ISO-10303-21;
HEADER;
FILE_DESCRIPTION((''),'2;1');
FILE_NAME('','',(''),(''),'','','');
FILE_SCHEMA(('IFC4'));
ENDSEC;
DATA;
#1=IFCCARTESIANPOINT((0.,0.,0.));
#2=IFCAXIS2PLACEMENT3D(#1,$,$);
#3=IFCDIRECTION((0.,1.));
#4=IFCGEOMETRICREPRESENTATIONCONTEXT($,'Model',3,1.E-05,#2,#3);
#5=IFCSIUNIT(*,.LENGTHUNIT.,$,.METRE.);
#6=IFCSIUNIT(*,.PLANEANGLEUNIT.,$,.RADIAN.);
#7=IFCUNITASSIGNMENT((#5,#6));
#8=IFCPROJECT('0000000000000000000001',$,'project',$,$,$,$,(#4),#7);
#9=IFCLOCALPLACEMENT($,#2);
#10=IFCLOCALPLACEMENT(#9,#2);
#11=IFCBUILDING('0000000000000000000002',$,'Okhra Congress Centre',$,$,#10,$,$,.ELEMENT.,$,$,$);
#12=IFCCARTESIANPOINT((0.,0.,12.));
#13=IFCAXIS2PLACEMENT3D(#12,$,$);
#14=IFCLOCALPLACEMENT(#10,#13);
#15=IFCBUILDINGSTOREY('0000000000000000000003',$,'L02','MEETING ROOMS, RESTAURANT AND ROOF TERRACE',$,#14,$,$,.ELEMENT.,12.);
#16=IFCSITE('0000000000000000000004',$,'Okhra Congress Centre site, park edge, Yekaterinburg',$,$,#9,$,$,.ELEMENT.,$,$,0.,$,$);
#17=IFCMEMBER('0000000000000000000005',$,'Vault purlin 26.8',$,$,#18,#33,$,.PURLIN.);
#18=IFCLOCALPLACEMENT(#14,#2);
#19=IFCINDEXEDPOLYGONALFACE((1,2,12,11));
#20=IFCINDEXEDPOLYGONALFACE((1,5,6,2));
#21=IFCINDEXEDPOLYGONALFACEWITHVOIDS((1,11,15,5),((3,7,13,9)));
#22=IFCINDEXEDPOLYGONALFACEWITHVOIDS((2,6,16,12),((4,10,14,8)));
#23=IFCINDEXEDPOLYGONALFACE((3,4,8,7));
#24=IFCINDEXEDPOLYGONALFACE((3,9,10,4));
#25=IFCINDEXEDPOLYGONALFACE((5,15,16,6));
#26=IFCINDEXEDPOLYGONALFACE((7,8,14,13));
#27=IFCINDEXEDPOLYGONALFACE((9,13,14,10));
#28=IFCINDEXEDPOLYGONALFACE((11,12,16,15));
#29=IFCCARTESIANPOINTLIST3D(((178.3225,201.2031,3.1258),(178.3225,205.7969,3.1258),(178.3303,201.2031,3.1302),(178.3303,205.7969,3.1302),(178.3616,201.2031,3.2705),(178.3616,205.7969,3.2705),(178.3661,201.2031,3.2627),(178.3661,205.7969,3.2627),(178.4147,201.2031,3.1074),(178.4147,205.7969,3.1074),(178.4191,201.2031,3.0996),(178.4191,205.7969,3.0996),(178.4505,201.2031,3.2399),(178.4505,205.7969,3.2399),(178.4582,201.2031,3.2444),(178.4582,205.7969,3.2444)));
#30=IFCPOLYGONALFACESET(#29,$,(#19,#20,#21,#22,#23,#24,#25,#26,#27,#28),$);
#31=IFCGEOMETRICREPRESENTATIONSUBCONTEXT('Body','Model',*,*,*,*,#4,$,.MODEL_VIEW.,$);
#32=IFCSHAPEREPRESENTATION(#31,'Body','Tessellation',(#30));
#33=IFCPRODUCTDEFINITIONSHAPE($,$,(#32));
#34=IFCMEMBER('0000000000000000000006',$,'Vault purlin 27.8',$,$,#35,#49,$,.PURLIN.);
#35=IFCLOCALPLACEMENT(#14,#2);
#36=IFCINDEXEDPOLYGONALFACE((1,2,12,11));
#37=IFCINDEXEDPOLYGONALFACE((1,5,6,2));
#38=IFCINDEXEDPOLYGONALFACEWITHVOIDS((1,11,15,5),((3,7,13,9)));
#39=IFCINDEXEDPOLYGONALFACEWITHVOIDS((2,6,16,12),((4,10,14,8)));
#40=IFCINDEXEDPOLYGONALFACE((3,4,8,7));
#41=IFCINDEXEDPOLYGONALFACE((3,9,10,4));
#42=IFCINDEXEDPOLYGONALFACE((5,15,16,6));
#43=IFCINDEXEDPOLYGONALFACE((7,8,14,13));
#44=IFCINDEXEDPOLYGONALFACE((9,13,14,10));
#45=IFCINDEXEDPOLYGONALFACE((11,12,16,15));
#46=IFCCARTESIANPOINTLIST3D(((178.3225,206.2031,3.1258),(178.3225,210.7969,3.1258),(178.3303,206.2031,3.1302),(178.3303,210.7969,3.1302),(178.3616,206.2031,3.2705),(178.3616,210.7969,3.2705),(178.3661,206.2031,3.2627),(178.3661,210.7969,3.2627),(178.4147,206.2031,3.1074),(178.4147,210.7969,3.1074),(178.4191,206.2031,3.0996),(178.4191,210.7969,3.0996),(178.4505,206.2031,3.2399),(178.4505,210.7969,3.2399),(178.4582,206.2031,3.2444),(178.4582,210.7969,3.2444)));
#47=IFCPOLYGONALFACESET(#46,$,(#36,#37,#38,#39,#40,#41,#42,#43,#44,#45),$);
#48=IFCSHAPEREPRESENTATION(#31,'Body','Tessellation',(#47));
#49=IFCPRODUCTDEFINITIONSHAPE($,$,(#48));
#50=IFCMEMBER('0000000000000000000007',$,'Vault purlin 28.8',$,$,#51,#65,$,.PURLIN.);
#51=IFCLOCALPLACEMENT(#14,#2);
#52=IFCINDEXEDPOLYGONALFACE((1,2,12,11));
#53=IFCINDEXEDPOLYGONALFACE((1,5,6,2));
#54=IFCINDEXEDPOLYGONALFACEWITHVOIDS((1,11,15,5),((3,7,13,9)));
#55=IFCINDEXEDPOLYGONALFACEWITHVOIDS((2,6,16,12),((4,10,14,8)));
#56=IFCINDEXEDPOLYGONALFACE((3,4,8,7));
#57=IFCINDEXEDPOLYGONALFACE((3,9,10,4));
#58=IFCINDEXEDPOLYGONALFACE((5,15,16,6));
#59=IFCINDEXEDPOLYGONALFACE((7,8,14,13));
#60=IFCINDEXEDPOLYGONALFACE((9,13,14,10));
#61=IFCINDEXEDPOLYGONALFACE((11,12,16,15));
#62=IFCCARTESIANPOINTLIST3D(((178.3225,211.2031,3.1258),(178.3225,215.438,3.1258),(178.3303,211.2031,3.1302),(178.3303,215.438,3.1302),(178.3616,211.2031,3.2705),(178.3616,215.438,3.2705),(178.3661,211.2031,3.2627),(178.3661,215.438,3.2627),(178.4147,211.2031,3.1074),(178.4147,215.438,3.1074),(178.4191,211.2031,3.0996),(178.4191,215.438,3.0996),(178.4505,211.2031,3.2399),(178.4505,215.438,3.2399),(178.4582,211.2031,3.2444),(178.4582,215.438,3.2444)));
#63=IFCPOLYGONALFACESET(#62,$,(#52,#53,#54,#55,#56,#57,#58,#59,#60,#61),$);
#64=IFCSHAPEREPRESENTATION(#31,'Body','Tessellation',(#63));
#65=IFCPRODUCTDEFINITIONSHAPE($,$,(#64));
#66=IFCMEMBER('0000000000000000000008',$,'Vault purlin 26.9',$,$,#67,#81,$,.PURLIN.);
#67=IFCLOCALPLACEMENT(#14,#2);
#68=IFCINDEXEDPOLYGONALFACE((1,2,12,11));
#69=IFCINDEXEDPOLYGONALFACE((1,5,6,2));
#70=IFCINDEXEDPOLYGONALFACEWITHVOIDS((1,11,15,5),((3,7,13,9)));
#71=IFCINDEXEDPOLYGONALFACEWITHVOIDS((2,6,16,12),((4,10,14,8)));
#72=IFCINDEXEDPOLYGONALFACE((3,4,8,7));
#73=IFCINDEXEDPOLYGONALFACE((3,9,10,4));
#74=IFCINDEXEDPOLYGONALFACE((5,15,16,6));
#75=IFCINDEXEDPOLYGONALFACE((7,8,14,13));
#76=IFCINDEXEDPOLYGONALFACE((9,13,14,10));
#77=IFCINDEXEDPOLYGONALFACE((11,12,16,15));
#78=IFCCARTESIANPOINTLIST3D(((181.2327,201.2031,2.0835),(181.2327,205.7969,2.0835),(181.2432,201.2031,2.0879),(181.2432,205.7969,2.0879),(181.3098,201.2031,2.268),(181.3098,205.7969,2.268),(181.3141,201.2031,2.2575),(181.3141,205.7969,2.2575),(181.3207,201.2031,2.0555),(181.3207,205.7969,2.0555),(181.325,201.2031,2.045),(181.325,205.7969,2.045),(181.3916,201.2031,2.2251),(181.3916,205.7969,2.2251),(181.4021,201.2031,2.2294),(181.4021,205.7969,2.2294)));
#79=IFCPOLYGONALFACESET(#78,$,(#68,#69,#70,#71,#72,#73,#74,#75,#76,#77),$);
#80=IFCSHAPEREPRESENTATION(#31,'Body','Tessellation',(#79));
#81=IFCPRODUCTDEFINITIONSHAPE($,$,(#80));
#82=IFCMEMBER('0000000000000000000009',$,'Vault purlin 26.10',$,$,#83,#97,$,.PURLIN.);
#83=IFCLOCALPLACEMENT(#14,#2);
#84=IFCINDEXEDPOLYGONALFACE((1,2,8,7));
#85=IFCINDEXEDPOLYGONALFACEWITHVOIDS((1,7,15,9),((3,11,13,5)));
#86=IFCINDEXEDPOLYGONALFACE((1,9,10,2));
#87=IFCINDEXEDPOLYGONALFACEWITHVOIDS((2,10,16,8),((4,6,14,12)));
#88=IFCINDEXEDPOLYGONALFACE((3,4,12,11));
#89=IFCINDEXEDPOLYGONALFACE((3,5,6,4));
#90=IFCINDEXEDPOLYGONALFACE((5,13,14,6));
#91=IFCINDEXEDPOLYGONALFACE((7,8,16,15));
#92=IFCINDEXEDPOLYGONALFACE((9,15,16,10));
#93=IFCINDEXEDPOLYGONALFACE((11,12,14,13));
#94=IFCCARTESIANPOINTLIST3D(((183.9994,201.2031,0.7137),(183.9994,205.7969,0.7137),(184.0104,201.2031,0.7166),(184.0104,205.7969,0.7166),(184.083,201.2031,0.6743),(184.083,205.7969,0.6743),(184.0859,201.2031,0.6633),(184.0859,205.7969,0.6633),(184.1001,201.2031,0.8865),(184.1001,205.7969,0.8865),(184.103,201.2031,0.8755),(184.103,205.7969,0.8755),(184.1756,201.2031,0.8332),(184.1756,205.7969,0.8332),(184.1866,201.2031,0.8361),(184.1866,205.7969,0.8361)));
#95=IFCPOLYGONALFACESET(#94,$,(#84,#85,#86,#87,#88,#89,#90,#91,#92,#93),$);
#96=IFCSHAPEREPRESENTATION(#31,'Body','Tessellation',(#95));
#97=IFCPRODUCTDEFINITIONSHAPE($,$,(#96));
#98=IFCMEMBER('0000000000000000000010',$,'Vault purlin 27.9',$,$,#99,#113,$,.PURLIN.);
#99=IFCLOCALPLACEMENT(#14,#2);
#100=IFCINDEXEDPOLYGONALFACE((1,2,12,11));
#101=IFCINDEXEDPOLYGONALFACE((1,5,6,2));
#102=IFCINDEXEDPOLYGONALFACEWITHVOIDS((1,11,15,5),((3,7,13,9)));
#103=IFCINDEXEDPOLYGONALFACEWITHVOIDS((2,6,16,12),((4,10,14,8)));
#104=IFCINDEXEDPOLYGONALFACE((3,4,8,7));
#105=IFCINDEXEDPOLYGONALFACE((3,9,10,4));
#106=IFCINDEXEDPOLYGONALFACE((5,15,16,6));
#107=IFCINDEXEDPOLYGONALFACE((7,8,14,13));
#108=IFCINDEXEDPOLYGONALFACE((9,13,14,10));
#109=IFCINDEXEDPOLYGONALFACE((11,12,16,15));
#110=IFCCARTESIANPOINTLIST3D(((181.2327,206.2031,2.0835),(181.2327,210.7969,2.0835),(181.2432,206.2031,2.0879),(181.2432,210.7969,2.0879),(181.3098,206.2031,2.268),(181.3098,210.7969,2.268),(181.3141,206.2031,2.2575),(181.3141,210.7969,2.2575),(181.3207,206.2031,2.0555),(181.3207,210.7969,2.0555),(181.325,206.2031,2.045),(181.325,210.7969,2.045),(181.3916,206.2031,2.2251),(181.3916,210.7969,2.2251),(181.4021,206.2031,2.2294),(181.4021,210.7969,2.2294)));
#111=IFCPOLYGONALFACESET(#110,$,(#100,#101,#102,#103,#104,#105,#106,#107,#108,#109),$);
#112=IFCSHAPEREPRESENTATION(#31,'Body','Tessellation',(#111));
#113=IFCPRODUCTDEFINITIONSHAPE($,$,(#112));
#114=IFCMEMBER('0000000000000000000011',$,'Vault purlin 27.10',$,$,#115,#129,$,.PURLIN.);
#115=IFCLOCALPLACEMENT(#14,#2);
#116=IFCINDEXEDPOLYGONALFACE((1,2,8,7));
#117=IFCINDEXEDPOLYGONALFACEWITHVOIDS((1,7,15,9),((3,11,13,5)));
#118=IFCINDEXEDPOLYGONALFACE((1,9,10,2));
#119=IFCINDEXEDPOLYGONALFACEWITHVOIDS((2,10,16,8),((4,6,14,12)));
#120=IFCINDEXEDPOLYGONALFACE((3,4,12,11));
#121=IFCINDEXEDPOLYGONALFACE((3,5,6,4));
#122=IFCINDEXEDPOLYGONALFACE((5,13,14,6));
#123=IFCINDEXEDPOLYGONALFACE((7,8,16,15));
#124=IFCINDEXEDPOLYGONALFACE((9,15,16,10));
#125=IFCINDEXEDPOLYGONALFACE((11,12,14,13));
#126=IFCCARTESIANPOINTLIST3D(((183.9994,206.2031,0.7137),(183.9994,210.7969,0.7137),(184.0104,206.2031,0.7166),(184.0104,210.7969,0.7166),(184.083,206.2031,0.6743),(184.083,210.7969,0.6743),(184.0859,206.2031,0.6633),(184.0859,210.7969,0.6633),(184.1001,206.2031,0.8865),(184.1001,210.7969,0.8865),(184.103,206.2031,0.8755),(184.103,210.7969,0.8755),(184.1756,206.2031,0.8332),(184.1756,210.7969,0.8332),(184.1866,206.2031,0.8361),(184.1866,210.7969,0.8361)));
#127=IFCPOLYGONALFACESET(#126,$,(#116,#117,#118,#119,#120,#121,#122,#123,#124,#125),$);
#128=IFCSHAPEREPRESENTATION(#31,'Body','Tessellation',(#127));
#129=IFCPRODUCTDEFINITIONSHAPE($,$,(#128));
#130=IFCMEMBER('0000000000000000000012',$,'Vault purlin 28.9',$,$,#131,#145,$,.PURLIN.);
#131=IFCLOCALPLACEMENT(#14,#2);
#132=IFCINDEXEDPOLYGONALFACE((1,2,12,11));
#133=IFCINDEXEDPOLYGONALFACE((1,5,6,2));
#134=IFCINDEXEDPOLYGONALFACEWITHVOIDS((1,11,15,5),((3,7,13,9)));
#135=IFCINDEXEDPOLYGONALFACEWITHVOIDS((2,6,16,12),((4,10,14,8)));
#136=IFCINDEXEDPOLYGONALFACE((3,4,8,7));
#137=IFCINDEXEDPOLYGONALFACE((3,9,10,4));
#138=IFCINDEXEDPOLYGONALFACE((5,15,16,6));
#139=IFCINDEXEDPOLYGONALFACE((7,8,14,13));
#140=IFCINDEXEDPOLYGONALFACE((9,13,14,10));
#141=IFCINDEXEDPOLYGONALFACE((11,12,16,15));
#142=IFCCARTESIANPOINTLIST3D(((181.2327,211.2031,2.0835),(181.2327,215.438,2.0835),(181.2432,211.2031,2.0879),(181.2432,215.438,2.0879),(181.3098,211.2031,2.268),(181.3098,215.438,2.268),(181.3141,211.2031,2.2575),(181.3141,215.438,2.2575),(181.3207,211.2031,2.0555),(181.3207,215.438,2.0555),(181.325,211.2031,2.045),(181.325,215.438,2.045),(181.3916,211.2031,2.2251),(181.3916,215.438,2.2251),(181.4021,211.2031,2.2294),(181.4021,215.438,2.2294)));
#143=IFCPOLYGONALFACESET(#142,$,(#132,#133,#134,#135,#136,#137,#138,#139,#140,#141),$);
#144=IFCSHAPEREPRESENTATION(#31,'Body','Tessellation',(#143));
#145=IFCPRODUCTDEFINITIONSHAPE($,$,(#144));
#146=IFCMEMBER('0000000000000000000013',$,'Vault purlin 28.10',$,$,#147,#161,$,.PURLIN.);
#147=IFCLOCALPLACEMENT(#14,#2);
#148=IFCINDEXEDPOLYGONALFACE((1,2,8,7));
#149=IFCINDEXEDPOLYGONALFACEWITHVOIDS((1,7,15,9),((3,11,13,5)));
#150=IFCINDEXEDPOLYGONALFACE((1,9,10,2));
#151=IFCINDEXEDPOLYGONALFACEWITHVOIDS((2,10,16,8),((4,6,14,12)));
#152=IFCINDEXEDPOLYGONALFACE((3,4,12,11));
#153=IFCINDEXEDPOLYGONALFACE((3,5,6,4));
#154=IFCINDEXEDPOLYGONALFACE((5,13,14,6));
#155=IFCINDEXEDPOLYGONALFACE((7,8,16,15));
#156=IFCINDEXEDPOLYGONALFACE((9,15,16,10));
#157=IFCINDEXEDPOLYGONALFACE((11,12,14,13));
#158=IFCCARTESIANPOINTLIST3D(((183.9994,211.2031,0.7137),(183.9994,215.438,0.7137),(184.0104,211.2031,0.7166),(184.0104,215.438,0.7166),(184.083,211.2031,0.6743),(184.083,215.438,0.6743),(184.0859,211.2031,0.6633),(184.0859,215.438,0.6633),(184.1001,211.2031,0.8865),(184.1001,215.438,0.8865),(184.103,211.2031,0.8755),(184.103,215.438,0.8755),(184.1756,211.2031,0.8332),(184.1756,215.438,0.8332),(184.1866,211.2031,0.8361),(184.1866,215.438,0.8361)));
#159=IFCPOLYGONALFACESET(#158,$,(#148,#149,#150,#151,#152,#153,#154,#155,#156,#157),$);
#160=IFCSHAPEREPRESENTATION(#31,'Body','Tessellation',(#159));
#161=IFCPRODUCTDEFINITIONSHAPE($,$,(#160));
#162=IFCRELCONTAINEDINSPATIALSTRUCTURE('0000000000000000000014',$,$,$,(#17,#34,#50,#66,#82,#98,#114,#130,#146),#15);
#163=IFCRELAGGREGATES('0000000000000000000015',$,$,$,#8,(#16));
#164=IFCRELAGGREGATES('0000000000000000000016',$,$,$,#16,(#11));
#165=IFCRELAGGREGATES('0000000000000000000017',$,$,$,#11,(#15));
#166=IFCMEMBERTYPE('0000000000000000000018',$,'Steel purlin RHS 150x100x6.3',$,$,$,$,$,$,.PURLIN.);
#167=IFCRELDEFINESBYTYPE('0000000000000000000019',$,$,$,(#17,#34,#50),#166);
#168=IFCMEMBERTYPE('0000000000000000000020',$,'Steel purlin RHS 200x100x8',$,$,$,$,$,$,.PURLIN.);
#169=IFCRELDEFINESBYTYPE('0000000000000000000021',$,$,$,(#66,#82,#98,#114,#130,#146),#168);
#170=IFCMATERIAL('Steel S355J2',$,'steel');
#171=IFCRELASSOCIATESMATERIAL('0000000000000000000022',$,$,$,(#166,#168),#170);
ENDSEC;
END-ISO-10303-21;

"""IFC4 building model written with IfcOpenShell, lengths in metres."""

from ifc_helpers import new_model, si_unit, direction, frame, origin, origin_2d, place, context, subcontext, project, spatial, hollow_rectangle, extrude, material, material_profile, profile_set, type_object, element, save


model = new_model("IFC4")

# Units and contexts
model_context = context("Model", 3, precision=1e-05, world=origin(), true_north=direction((0.0, 1.0)))
body_context = subcontext(model_context, "Body", "Model", "MODEL_VIEW")
ifc_project = project(units=[si_unit("LENGTHUNIT", "METRE"), si_unit("PLANEANGLEUNIT", "RADIAN")], contexts=[model_context])

# Site, building, storey
site_placement = place(None, origin())
site = spatial("IfcSite", under=ifc_project, at=site_placement, Name="Okhra Congress Centre site, park edge, Yekaterinburg", CompositionType="ELEMENT", RefElevation=0.0)
building_placement = place(site_placement, origin())
building = spatial("IfcBuilding", under=site, at=building_placement, Name="Okhra Congress Centre", CompositionType="ELEMENT")
storey_placement = place(building_placement, frame((0.0, 0.0, 12.0)))
storey = spatial("IfcBuildingStorey", under=building, at=storey_placement, Name="L02", Description="MEETING ROOMS, RESTAURANT AND ROOF TERRACE", CompositionType="ELEMENT", Elevation=12.0)

# Members
ifc_material_1 = material(Name="Steel S355J2", Category="steel")
ifc_material_profile_1 = material_profile(ifc_material_1, hollow_rectangle(XDim=0.1001, YDim=0.1499, WallThickness=0.0063, at=origin_2d()), Name="RHS 150x100x6.3")
ifc_profile_set_1 = profile_set([ifc_material_profile_1], Name="Steel S355J2")
member_type_1 = type_object("IfcMemberType", Name="Steel purlin RHS 150x100x6.3", PredefinedType="PURLIN", material=ifc_profile_set_1)
for number, where, z_axis, x_axis, name in (
    (1, (178.3904, 201.2031, 3.1851), (0.0, 1.0, 0.0), (-0.96538, 0.0, 0.260848), "Vault purlin 26.8"),
    (2, (178.3904, 206.2031, 3.1851), (0.0, 1.0, 0.0), (-0.96538, 0.0, 0.260848), "Vault purlin 27.8"),
):
    element("IfcMember", number, at=place(storey_placement, frame(where, z_axis=z_axis, x_axis=x_axis)), inside=storey, type_object=member_type_1, Name=name, PredefinedType="PURLIN", context=body_context, shape_type="SweptSolid", body=[
        extrude(hollow_rectangle(XDim=0.1001, YDim=0.1499, WallThickness=0.0063, at=origin_2d()), origin(), (0.0, 0.0, 1.0), 4.5938),
    ])
member_placement = place(storey_placement, frame((178.3904, 211.2031, 3.1851), z_axis=(0.0, 1.0, 0.0), x_axis=(-0.96538, 0.0, 0.260848)))
element("IfcMember", 3, at=member_placement, inside=storey, type_object=member_type_1, Name="Vault purlin 28.8", PredefinedType="PURLIN", context=body_context, shape_type="SweptSolid", body=[
    extrude(hollow_rectangle(XDim=0.1001, YDim=0.1499, WallThickness=0.0063, at=origin_2d()), origin(), (0.0, 0.0, 1.0), 4.2349),
])
ifc_material_profile_2 = material_profile(ifc_material_1, hollow_rectangle(XDim=0.1001, YDim=0.2, WallThickness=0.0081, at=origin_2d()), Name="RHS 200x100x8")
ifc_profile_set_2 = profile_set([ifc_material_profile_2], Name="Steel S355J2")
member_type_2 = type_object("IfcMemberType", Name="Steel purlin RHS 200x100x8", PredefinedType="PURLIN", material=ifc_profile_set_2)
for number, where, z_axis, x_axis, name in (
    (4, (181.3174, 201.2031, 2.1565), (0.0, 1.0, 0.0), (-0.922669, 0.0, 0.385593), "Vault purlin 26.9"),
    (5, (184.093, 201.2031, 0.7749), (0.0, 1.0, 0.0), (-0.863917, 0.0, 0.503634), "Vault purlin 26.10"),
    (6, (181.3174, 206.2031, 2.1565), (0.0, 1.0, 0.0), (-0.922669, 0.0, 0.385593), "Vault purlin 27.9"),
    (7, (184.093, 206.2031, 0.7749), (0.0, 1.0, 0.0), (-0.863917, 0.0, 0.503634), "Vault purlin 27.10"),
):
    element("IfcMember", number, at=place(storey_placement, frame(where, z_axis=z_axis, x_axis=x_axis)), inside=storey, type_object=member_type_2, Name=name, PredefinedType="PURLIN", context=body_context, shape_type="SweptSolid", body=[
        extrude(hollow_rectangle(XDim=0.1001, YDim=0.2, WallThickness=0.0081, at=origin_2d()), origin(), (0.0, 0.0, 1.0), 4.5938),
    ])
for number, where, z_axis, x_axis, name in (
    (8, (181.3174, 211.2031, 2.1565), (0.0, 1.0, 0.0), (-0.922669, 0.0, 0.385593), "Vault purlin 28.9"),
    (9, (184.093, 211.2031, 0.7749), (0.0, 1.0, 0.0), (-0.863917, 0.0, 0.503634), "Vault purlin 28.10"),
):
    element("IfcMember", number, at=place(storey_placement, frame(where, z_axis=z_axis, x_axis=x_axis)), inside=storey, type_object=member_type_2, Name=name, PredefinedType="PURLIN", context=body_context, shape_type="SweptSolid", body=[
        extrude(hollow_rectangle(XDim=0.1001, YDim=0.2, WallThickness=0.0081, at=origin_2d()), origin(), (0.0, 0.0, 1.0), 4.2349),
    ])

save(model, "model.ifc")
